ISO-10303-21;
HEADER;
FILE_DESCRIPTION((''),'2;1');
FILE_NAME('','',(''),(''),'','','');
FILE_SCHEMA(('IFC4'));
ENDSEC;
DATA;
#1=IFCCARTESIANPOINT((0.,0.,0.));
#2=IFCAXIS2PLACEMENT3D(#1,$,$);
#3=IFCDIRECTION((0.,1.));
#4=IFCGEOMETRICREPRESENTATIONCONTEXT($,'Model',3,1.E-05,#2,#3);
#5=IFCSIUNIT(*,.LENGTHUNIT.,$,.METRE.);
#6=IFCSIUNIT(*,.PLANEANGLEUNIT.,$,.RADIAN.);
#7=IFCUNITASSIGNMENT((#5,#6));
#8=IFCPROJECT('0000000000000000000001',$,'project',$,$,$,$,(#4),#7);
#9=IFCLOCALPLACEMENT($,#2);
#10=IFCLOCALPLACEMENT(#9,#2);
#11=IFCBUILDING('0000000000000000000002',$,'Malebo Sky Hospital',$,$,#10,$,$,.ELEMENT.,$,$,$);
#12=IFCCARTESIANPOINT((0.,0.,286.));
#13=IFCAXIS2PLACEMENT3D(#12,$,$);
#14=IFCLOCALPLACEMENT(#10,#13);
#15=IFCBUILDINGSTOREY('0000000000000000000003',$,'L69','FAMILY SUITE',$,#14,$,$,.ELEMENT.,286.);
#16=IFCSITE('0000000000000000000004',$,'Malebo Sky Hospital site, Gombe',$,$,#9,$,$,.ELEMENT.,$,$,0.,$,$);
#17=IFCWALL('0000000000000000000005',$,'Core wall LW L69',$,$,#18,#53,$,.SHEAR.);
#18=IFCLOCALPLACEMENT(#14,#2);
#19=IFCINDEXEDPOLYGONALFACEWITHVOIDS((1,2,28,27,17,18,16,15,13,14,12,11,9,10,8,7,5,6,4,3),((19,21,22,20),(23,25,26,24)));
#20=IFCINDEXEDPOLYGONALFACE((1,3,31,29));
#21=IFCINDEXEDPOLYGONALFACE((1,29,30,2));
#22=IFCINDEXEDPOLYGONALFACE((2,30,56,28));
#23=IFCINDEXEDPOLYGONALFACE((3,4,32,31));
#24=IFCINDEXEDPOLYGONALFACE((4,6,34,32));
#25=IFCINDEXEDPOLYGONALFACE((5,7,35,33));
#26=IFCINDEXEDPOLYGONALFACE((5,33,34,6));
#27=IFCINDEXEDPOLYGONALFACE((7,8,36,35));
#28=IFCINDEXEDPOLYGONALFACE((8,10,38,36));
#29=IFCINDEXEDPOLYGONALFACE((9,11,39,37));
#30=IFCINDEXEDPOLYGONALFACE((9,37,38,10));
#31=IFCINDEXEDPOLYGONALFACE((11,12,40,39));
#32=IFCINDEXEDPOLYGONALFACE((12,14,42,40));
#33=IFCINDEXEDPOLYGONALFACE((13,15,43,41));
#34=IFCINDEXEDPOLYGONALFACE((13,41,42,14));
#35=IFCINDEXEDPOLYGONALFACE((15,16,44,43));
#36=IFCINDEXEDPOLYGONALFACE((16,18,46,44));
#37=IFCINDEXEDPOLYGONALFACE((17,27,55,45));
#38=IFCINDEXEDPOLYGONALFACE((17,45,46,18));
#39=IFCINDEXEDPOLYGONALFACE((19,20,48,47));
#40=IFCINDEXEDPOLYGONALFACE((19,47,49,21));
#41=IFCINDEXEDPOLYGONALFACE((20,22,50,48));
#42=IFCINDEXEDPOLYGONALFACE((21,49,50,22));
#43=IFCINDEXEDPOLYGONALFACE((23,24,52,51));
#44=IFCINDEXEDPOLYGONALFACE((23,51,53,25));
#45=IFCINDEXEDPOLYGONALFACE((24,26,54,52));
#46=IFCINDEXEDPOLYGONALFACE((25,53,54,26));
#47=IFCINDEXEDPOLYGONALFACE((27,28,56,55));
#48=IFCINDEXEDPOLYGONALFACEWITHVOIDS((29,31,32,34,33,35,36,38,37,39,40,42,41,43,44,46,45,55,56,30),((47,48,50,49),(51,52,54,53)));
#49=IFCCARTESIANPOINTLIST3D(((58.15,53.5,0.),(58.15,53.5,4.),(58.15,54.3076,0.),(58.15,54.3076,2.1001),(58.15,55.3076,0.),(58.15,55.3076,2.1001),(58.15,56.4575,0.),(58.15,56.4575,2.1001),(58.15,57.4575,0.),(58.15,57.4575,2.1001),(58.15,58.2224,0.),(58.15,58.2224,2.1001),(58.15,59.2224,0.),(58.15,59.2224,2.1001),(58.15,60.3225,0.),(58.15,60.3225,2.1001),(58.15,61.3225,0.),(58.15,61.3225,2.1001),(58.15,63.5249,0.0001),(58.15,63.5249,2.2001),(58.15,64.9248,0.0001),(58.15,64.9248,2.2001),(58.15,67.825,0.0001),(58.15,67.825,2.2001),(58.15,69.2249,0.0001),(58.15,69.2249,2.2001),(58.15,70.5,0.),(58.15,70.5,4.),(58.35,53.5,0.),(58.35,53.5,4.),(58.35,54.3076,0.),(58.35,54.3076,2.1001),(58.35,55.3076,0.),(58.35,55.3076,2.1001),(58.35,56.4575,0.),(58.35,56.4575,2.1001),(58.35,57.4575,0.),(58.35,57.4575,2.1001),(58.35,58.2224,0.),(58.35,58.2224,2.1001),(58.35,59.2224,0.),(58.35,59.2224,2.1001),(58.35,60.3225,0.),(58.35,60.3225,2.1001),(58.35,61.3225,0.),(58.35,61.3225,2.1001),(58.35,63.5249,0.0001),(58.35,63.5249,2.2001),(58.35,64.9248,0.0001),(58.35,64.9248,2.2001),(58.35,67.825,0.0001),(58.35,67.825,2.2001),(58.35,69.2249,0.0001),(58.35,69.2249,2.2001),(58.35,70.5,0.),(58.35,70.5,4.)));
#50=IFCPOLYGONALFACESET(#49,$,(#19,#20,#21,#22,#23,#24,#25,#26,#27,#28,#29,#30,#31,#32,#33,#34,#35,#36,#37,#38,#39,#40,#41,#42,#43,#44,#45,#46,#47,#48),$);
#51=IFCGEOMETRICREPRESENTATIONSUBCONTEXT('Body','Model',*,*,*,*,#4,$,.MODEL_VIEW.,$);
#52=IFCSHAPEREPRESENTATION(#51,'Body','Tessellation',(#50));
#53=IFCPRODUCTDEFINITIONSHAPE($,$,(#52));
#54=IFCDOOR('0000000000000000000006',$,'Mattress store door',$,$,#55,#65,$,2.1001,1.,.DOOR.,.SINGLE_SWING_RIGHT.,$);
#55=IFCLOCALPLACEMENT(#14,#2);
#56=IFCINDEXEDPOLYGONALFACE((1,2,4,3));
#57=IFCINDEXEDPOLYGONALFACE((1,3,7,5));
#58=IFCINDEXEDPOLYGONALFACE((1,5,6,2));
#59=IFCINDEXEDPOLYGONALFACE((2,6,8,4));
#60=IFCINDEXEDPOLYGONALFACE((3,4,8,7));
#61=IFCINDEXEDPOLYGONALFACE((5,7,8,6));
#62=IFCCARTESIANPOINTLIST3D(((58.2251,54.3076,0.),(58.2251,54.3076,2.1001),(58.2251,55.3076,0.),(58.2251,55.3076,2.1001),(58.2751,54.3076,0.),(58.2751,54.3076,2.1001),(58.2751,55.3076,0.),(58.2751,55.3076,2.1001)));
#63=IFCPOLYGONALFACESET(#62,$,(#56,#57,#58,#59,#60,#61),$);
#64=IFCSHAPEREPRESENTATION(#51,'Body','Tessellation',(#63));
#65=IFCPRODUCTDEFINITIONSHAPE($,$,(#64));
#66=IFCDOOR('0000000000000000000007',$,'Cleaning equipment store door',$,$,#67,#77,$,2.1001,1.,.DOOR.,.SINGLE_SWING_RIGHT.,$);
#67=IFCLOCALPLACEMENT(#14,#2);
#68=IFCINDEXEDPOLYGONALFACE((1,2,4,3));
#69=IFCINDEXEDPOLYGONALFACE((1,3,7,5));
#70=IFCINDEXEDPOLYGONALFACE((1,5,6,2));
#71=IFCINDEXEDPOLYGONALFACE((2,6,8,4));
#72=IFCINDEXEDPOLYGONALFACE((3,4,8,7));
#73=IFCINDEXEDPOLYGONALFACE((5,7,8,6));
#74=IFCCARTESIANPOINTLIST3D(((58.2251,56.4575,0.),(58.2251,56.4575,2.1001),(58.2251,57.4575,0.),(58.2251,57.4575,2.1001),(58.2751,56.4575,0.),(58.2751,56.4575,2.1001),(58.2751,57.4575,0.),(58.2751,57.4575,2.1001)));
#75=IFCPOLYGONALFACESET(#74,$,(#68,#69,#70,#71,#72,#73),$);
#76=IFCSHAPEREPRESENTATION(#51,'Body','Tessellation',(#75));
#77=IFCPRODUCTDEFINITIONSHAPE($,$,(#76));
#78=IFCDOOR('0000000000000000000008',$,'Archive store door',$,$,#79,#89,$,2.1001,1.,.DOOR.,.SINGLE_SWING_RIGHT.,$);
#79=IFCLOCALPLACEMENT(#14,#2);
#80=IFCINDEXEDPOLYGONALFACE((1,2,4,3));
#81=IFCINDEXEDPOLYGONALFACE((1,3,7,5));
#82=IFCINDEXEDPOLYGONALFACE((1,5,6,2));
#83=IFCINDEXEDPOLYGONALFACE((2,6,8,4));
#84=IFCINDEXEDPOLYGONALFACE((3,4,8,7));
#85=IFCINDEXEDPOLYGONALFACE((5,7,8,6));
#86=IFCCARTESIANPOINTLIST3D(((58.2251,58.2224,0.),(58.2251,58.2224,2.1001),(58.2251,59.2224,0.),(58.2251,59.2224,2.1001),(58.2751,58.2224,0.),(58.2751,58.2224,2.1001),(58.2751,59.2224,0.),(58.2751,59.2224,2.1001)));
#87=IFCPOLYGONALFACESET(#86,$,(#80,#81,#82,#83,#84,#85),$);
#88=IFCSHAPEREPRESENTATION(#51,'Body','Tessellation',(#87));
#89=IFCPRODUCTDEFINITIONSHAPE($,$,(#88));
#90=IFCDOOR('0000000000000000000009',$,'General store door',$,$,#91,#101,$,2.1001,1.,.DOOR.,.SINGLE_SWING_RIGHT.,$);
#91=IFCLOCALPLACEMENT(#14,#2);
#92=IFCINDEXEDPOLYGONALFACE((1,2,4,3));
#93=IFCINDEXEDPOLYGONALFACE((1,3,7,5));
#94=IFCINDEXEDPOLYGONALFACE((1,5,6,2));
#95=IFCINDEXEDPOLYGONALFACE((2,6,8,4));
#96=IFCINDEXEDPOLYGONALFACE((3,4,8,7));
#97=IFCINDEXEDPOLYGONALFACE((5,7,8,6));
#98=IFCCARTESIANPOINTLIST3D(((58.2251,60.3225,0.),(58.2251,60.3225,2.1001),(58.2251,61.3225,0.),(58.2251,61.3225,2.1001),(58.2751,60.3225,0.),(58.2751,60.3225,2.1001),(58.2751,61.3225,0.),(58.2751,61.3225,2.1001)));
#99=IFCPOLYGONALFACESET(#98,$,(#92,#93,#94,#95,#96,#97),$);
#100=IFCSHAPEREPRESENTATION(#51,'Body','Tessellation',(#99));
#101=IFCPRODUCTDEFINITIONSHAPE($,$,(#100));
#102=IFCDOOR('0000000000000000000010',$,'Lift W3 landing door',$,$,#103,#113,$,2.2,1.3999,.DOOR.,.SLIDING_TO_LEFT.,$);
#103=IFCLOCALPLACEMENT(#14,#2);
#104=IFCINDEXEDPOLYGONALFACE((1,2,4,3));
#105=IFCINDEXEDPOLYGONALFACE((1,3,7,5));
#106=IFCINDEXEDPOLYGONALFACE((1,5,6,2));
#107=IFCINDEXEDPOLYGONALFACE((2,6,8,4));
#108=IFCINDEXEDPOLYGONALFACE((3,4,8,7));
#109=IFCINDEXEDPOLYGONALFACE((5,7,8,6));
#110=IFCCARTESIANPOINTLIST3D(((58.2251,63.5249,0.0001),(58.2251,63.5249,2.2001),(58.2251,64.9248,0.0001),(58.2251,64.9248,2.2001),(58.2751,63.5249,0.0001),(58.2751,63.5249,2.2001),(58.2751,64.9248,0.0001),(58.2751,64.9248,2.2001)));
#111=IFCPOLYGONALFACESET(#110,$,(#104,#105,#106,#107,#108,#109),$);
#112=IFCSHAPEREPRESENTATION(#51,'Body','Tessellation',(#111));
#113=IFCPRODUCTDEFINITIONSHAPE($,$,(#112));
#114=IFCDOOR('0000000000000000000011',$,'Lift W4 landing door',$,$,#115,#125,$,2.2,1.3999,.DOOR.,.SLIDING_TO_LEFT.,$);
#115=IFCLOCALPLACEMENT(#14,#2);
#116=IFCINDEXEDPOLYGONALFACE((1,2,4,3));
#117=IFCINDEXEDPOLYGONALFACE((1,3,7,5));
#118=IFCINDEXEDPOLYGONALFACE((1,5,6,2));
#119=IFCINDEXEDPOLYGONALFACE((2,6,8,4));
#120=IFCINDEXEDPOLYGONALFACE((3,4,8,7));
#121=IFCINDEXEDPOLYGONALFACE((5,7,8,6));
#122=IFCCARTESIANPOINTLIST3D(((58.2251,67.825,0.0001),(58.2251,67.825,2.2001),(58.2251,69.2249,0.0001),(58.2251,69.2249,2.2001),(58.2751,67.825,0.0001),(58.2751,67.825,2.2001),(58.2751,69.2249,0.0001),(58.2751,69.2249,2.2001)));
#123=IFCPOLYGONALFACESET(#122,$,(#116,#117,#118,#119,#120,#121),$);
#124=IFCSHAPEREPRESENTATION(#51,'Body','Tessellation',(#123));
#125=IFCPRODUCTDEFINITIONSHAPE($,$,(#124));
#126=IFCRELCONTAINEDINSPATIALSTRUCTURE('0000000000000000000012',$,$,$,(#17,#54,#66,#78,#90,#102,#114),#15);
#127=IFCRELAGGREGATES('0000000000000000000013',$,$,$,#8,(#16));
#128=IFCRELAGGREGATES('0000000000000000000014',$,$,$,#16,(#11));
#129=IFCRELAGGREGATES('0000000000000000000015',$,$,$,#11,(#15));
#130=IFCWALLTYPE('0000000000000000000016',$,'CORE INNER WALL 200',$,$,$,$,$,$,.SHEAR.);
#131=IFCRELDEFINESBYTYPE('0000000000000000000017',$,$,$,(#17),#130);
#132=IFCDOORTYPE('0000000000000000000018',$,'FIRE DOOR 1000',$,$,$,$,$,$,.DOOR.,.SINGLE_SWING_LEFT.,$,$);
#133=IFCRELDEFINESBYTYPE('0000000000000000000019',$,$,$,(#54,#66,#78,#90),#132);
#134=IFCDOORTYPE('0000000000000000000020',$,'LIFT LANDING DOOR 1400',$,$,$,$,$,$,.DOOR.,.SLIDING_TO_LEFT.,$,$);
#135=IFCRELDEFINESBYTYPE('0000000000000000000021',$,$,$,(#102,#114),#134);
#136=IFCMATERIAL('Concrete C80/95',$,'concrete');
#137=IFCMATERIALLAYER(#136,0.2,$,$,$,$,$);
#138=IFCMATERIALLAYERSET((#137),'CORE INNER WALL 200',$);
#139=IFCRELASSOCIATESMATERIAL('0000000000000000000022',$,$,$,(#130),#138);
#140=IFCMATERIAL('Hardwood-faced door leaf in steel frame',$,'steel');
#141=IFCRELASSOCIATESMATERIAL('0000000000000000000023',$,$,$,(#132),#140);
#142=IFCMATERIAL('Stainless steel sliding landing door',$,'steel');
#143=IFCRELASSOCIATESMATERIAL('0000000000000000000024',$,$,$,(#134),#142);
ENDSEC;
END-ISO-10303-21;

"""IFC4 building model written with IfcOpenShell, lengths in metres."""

from ifc_helpers import new_model, si_unit, direction, frame, frame_2d, origin, place, context, subcontext, project, spatial, rectangle, extrude, material, layer, layer_set, type_object, element, fill, save


model = new_model("IFC4")

# Units and contexts
model_context = context("Model", 3, precision=1e-05, world=origin(), true_north=direction((0.0, 1.0)))
body_context = subcontext(model_context, "Body", "Model", "MODEL_VIEW")
ifc_project = project(units=[si_unit("LENGTHUNIT", "METRE"), si_unit("PLANEANGLEUNIT", "RADIAN")], contexts=[model_context])

# Site, building, storey
site_placement = place(None, origin())
site = spatial("IfcSite", under=ifc_project, at=site_placement, Name="Malebo Sky Hospital site, Gombe", CompositionType="ELEMENT", RefElevation=0.0)
building_placement = place(site_placement, origin())
building = spatial("IfcBuilding", under=site, at=building_placement, Name="Malebo Sky Hospital", CompositionType="ELEMENT")
storey_placement = place(building_placement, frame((0.0, 0.0, 286.0)))
storey = spatial("IfcBuildingStorey", under=building, at=storey_placement, Name="L69", Description="FAMILY SUITE", CompositionType="ELEMENT", Elevation=286.0)

# Wall, openings, doors
ifc_material_1 = material(Name="Concrete C80/95", Category="concrete")
ifc_layer_1 = layer(ifc_material_1, 0.2)
ifc_layer_set_1 = layer_set([ifc_layer_1], Name="CORE INNER WALL 200")
wall_type_1 = type_object("IfcWallType", Name="CORE INNER WALL 200", PredefinedType="SHEAR", material=ifc_layer_set_1)
wall_1_placement = place(storey_placement, frame((58.25, 53.5, 0.0), z_axis=(0.0, 0.0, 1.0), x_axis=(0.0, 1.0, 0.0)))
wall_1 = element("IfcWall", 1, at=wall_1_placement, inside=storey, type_object=wall_type_1, Name="Core wall LW L69", PredefinedType="SHEAR", context=body_context, shape_type="SweptSolid", body=[
    extrude(rectangle(XDim=17.0, YDim=0.2, at=frame_2d((8.5, 0.0))), origin(), (0.0, 0.0, 1.0), 4.0),
])
opening_1_placement = place(wall_1_placement, frame((0.8076, 0.0, 0.0)))
opening_1 = element("IfcOpeningElement", 2, at=opening_1_placement, cuts=wall_1, PredefinedType="OPENING", context=body_context, shape_type="SweptSolid", body=[
    extrude(rectangle(XDim=1.0, YDim=2.1001, at=frame_2d((0.5, 1.05))), frame((0.0, 0.1099, 0.0), z_axis=(0.0, -1.0, 0.0), x_axis=(1.0, 0.0, 0.0)), (0.0, 0.0, 1.0), 0.22),
])
opening_2_placement = place(wall_1_placement, frame((2.9575, 0.0, 0.0)))
opening_2 = element("IfcOpeningElement", 3, at=opening_2_placement, cuts=wall_1, PredefinedType="OPENING", context=body_context, shape_type="SweptSolid", body=[
    extrude(rectangle(XDim=1.0, YDim=2.1001, at=frame_2d((0.5, 1.05))), frame((0.0, 0.1099, 0.0), z_axis=(0.0, -1.0, 0.0), x_axis=(1.0, 0.0, 0.0)), (0.0, 0.0, 1.0), 0.22),
])
opening_3_placement = place(wall_1_placement, frame((4.7224, 0.0, 0.0)))
opening_3 = element("IfcOpeningElement", 4, at=opening_3_placement, cuts=wall_1, PredefinedType="OPENING", context=body_context, shape_type="SweptSolid", body=[
    extrude(rectangle(XDim=1.0, YDim=2.1001, at=frame_2d((0.5, 1.05))), frame((0.0, 0.1099, 0.0), z_axis=(0.0, -1.0, 0.0), x_axis=(1.0, 0.0, 0.0)), (0.0, 0.0, 1.0), 0.22),
])
opening_4_placement = place(wall_1_placement, frame((6.8225, 0.0, 0.0)))
opening_4 = element("IfcOpeningElement", 5, at=opening_4_placement, cuts=wall_1, PredefinedType="OPENING", context=body_context, shape_type="SweptSolid", body=[
    extrude(rectangle(XDim=1.0, YDim=2.1001, at=frame_2d((0.5, 1.05))), frame((0.0, 0.1099, 0.0), z_axis=(0.0, -1.0, 0.0), x_axis=(1.0, 0.0, 0.0)), (0.0, 0.0, 1.0), 0.22),
])
opening_5_placement = place(wall_1_placement, frame((10.0249, 0.0, 0.0)))
opening_5 = element("IfcOpeningElement", 6, at=opening_5_placement, cuts=wall_1, PredefinedType="OPENING", context=body_context, shape_type="SweptSolid", body=[
    extrude(rectangle(XDim=1.3999, YDim=2.2, at=frame_2d((0.7, 1.1001))), frame((0.0, 0.1099, 0.0), z_axis=(0.0, -1.0, 0.0), x_axis=(1.0, 0.0, 0.0)), (0.0, 0.0, 1.0), 0.22),
])
opening_6_placement = place(wall_1_placement, frame((14.325, 0.0, 0.0)))
opening_6 = element("IfcOpeningElement", 7, at=opening_6_placement, cuts=wall_1, PredefinedType="OPENING", context=body_context, shape_type="SweptSolid", body=[
    extrude(rectangle(XDim=1.3999, YDim=2.2, at=frame_2d((0.7, 1.1001))), frame((0.0, 0.1099, 0.0), z_axis=(0.0, -1.0, 0.0), x_axis=(1.0, 0.0, 0.0)), (0.0, 0.0, 1.0), 0.22),
])
ifc_material_2 = material(Name="Hardwood-faced door leaf in steel frame", Category="steel")
door_type_1 = type_object("IfcDoorType", Name="FIRE DOOR 1000", OperationType="SINGLE_SWING_LEFT", PredefinedType="DOOR", material=ifc_material_2)
door_1_placement = place(opening_1_placement, origin())
door_1 = element("IfcDoor", 8, at=door_1_placement, inside=storey, type_object=door_type_1, Name="Mattress store door", OperationType="SINGLE_SWING_RIGHT", OverallHeight=2.1001, OverallWidth=1.0, PredefinedType="DOOR", context=body_context, shape_type="SweptSolid", body=[
    extrude(rectangle(XDim=1.0, YDim=2.1001, at=frame_2d((0.5, 1.05))), frame((0.0, 0.0249, 0.0), z_axis=(0.0, -1.0, 0.0), x_axis=(1.0, 0.0, 0.0)), (0.0, 0.0, 1.0), 0.05),
])
fill(opening_1, door_1)
door_2_placement = place(opening_2_placement, origin())
door_2 = element("IfcDoor", 9, at=door_2_placement, inside=storey, type_object=door_type_1, Name="Cleaning equipment store door", OperationType="SINGLE_SWING_RIGHT", OverallHeight=2.1001, OverallWidth=1.0, PredefinedType="DOOR", context=body_context, shape_type="SweptSolid", body=[
    extrude(rectangle(XDim=1.0, YDim=2.1001, at=frame_2d((0.5, 1.05))), frame((0.0, 0.0249, 0.0), z_axis=(0.0, -1.0, 0.0), x_axis=(1.0, 0.0, 0.0)), (0.0, 0.0, 1.0), 0.05),
])
fill(opening_2, door_2)
door_3_placement = place(opening_3_placement, origin())
door_3 = element("IfcDoor", 10, at=door_3_placement, inside=storey, type_object=door_type_1, Name="Archive store door", OperationType="SINGLE_SWING_RIGHT", OverallHeight=2.1001, OverallWidth=1.0, PredefinedType="DOOR", context=body_context, shape_type="SweptSolid", body=[
    extrude(rectangle(XDim=1.0, YDim=2.1001, at=frame_2d((0.5, 1.05))), frame((0.0, 0.0249, 0.0), z_axis=(0.0, -1.0, 0.0), x_axis=(1.0, 0.0, 0.0)), (0.0, 0.0, 1.0), 0.05),
])
fill(opening_3, door_3)
door_4_placement = place(opening_4_placement, origin())
door_4 = element("IfcDoor", 11, at=door_4_placement, inside=storey, type_object=door_type_1, Name="General store door", OperationType="SINGLE_SWING_RIGHT", OverallHeight=2.1001, OverallWidth=1.0, PredefinedType="DOOR", context=body_context, shape_type="SweptSolid", body=[
    extrude(rectangle(XDim=1.0, YDim=2.1001, at=frame_2d((0.5, 1.05))), frame((0.0, 0.0249, 0.0), z_axis=(0.0, -1.0, 0.0), x_axis=(1.0, 0.0, 0.0)), (0.0, 0.0, 1.0), 0.05),
])
fill(opening_4, door_4)
ifc_material_3 = material(Name="Stainless steel sliding landing door", Category="steel")
door_type_2 = type_object("IfcDoorType", Name="LIFT LANDING DOOR 1400", OperationType="SLIDING_TO_LEFT", PredefinedType="DOOR", material=ifc_material_3)
door_5_placement = place(opening_5_placement, origin())
door_5 = element("IfcDoor", 12, at=door_5_placement, inside=storey, type_object=door_type_2, Name="Lift W3 landing door", OperationType="SLIDING_TO_LEFT", OverallHeight=2.2, OverallWidth=1.3999, PredefinedType="DOOR", context=body_context, shape_type="SweptSolid", body=[
    extrude(rectangle(XDim=1.3999, YDim=2.2, at=frame_2d((0.7, 1.1001))), frame((0.0, 0.0249, 0.0), z_axis=(0.0, -1.0, 0.0), x_axis=(1.0, 0.0, 0.0)), (0.0, 0.0, 1.0), 0.05),
])
fill(opening_5, door_5)
door_6_placement = place(opening_6_placement, origin())
door_6 = element("IfcDoor", 13, at=door_6_placement, inside=storey, type_object=door_type_2, Name="Lift W4 landing door", OperationType="SLIDING_TO_LEFT", OverallHeight=2.2, OverallWidth=1.3999, PredefinedType="DOOR", context=body_context, shape_type="SweptSolid", body=[
    extrude(rectangle(XDim=1.3999, YDim=2.2, at=frame_2d((0.7, 1.1001))), frame((0.0, 0.0249, 0.0), z_axis=(0.0, -1.0, 0.0), x_axis=(1.0, 0.0, 0.0)), (0.0, 0.0, 1.0), 0.05),
])
fill(opening_6, door_6)

save(model, "model.ifc")
